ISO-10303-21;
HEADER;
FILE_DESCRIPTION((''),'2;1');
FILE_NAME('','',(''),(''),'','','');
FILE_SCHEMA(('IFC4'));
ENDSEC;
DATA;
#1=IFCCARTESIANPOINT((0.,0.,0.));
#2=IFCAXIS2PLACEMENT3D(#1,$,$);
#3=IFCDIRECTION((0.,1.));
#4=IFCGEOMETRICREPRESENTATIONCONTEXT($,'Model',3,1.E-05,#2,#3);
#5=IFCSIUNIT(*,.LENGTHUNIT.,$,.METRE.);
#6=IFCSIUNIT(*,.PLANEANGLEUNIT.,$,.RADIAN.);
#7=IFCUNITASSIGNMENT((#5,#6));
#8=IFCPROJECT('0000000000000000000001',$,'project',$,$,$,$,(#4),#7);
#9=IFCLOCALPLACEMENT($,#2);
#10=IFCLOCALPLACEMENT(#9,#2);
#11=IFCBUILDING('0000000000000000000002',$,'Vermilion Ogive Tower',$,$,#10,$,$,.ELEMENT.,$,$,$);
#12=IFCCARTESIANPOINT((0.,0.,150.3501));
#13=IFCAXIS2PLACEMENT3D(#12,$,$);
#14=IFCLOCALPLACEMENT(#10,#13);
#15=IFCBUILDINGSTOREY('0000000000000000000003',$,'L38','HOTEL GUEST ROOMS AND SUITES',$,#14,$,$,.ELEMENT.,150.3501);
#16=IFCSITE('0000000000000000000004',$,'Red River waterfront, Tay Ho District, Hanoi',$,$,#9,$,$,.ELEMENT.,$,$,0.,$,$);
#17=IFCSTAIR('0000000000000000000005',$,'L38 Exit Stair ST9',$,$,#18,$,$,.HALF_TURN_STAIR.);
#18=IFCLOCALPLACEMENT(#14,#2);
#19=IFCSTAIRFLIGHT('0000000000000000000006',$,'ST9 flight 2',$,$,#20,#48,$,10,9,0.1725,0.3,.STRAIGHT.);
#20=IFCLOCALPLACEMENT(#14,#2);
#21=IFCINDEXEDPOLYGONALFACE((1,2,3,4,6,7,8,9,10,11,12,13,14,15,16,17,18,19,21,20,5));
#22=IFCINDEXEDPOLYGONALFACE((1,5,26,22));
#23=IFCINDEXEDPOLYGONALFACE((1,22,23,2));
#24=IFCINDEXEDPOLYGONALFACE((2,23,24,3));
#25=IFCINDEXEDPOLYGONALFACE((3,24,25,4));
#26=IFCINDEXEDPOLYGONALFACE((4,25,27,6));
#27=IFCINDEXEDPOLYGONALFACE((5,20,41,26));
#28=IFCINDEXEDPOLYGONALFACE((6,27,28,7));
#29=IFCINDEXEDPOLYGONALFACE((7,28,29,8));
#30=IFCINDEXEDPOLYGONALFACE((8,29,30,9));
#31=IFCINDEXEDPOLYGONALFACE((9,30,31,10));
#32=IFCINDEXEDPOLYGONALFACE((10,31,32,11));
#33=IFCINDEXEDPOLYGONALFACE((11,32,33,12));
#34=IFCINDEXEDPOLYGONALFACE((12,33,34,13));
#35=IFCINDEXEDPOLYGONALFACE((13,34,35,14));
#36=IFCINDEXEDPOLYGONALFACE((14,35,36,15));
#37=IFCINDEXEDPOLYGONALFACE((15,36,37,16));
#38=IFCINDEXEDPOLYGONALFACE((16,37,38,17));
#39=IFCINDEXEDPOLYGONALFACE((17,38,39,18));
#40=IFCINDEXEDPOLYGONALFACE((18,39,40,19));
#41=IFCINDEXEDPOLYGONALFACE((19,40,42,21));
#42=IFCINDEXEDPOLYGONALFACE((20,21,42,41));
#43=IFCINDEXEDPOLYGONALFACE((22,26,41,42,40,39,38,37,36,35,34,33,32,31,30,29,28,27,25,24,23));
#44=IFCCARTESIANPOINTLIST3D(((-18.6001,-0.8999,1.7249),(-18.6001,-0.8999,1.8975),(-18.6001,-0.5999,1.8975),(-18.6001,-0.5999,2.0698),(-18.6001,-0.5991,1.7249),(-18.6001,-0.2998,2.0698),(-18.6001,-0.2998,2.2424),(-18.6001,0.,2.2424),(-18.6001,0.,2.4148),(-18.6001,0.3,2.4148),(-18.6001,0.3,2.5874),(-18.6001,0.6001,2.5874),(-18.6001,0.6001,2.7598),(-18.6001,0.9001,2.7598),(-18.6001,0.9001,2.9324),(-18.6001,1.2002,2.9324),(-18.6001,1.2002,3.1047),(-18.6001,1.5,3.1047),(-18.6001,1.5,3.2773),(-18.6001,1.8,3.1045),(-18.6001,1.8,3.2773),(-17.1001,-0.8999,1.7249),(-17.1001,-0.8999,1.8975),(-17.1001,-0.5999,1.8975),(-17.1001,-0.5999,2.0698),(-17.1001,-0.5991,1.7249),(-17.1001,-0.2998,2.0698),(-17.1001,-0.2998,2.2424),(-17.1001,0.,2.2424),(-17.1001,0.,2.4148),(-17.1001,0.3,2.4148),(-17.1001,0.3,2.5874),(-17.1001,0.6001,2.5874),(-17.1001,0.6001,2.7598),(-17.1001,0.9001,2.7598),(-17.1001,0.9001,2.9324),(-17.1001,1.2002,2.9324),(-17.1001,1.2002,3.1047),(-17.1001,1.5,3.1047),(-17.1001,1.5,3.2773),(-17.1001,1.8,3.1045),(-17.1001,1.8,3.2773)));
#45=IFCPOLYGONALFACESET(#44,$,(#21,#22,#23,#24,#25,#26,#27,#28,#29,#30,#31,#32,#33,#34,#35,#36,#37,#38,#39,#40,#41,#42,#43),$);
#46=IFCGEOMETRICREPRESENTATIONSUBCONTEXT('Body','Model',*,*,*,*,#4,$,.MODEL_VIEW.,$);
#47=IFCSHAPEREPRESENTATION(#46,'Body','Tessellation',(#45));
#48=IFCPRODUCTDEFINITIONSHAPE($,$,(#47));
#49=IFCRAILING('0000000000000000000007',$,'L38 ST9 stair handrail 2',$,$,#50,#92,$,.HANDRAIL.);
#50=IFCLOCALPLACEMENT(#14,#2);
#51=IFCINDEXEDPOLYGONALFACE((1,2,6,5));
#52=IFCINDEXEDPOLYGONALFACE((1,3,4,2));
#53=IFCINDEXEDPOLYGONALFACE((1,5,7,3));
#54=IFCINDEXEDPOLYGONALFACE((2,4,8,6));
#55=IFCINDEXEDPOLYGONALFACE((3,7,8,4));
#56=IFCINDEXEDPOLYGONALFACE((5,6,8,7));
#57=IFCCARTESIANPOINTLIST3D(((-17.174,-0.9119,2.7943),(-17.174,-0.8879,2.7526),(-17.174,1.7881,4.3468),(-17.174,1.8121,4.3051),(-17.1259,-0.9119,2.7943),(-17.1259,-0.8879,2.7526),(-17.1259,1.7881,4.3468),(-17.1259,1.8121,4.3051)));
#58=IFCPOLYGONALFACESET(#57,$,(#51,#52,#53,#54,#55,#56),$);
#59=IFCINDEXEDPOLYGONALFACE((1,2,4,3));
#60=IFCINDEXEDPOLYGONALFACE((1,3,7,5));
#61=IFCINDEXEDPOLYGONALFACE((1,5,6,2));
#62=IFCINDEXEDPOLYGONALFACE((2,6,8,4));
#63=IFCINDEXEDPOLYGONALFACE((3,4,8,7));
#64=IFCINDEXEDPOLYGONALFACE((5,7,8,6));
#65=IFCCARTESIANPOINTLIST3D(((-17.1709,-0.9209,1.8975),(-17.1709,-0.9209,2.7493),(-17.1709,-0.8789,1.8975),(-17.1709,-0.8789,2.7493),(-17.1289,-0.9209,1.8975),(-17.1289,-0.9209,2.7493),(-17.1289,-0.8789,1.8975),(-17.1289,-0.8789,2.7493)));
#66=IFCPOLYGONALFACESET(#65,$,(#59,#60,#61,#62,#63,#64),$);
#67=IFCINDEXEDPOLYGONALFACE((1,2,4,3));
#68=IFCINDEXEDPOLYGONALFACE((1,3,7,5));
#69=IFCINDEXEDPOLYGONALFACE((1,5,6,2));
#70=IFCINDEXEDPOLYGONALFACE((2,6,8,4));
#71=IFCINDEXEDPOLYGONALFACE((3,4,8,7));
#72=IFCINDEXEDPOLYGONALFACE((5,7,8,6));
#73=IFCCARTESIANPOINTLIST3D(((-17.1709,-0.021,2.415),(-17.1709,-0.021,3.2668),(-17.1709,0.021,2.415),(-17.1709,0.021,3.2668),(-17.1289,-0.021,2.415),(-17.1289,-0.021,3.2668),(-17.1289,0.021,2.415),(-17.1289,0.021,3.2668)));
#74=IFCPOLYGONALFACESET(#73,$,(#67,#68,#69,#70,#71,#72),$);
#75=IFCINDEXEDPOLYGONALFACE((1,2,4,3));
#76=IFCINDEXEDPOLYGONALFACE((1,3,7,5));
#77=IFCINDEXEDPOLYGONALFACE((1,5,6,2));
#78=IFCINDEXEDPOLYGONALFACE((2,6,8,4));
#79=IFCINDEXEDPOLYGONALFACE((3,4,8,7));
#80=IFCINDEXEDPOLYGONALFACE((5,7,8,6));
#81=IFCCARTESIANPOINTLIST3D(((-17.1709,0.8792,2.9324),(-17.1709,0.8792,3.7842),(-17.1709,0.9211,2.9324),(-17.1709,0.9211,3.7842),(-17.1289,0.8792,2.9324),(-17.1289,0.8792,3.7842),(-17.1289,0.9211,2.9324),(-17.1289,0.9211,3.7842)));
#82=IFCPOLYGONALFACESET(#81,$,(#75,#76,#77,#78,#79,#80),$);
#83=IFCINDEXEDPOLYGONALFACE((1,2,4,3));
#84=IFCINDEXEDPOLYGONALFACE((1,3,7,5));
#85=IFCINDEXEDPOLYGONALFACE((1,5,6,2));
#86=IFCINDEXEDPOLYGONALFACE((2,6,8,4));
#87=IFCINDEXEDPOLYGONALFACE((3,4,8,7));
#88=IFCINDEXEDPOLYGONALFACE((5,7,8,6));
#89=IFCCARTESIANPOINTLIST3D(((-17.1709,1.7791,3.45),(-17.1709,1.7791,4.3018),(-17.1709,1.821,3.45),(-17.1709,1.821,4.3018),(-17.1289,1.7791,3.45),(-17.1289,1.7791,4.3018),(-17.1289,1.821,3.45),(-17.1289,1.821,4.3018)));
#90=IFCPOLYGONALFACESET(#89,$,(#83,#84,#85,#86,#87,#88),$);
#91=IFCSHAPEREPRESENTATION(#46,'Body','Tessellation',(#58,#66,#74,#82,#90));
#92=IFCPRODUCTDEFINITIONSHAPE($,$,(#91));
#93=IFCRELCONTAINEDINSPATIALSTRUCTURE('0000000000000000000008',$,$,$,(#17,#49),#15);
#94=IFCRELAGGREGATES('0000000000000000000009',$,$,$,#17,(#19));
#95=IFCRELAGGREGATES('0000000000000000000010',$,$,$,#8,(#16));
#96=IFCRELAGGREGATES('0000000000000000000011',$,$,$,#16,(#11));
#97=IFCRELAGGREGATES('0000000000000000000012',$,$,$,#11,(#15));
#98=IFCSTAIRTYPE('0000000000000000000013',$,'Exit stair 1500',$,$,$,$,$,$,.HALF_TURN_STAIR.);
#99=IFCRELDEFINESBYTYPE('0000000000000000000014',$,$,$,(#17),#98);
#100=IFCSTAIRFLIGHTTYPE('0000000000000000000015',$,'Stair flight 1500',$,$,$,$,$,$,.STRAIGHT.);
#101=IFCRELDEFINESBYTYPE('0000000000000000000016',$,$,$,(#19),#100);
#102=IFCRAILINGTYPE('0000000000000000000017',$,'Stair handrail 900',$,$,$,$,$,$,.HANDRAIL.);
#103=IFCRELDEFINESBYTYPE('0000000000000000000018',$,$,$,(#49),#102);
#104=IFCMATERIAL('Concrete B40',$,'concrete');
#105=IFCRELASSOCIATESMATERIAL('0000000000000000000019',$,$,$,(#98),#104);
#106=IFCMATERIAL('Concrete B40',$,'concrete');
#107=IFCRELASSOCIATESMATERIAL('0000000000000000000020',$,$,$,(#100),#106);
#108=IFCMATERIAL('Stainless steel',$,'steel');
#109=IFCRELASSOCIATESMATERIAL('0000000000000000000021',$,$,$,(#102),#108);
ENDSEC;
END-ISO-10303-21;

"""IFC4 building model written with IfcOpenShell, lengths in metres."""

from ifc_helpers import new_model, si_unit, direction, frame, origin, origin_2d, place, context, subcontext, project, spatial, polyline, rectangle, outline, extrude, material, type_object, element, aggregate, save


model = new_model("IFC4")

# Units and contexts
model_context = context("Model", 3, precision=1e-05, world=origin(), true_north=direction((0.0, 1.0)))
body_context = subcontext(model_context, "Body", "Model", "MODEL_VIEW")
ifc_project = project(units=[si_unit("LENGTHUNIT", "METRE"), si_unit("PLANEANGLEUNIT", "RADIAN")], contexts=[model_context])

# Site, building, storey
site_placement = place(None, origin())
site = spatial("IfcSite", under=ifc_project, at=site_placement, Name="Red River waterfront, Tay Ho District, Hanoi", CompositionType="ELEMENT", RefElevation=0.0)
building_placement = place(site_placement, origin())
building = spatial("IfcBuilding", under=site, at=building_placement, Name="Vermilion Ogive Tower", CompositionType="ELEMENT")
storey_placement = place(building_placement, frame((0.0, 0.0, 150.3501)))
storey = spatial("IfcBuildingStorey", under=building, at=storey_placement, Name="L38", Description="HOTEL GUEST ROOMS AND SUITES", CompositionType="ELEMENT", Elevation=150.3501)

# Stair, stair flight
ifc_material_1 = material(Name="Concrete B40", Category="concrete")
stair_type = type_object("IfcStairType", Name="Exit stair 1500", PredefinedType="HALF_TURN_STAIR", material=ifc_material_1)
stair_placement = place(storey_placement, origin())
stair = element("IfcStair", 1, at=stair_placement, inside=storey, type_object=stair_type, Name="L38 Exit Stair ST9", PredefinedType="HALF_TURN_STAIR")
ifc_material_2 = material(Name="Concrete B40", Category="concrete")
stair_flight_type = type_object("IfcStairFlightType", Name="Stair flight 1500", PredefinedType="STRAIGHT", material=ifc_material_2)
stair_flight_placement = place(storey_placement, frame((-17.8501, -0.8999, 1.7249), z_axis=(0.0, 0.0, 1.0), x_axis=(0.0, 1.0, 0.0)))
stair_flight = element("IfcStairFlight", 2, at=stair_flight_placement, type_object=stair_flight_type, Name="ST9 flight 2", NumberOfRisers=10, NumberOfTreads=9, PredefinedType="STRAIGHT", RiserHeight=0.1725, TreadLength=0.3, context=body_context, shape_type="SweptSolid", body=[
    extrude(outline(polyline([(0.0, 0.0), (0.0, 0.1726), (0.3, 0.1726), (0.3, 0.345), (0.6001, 0.345), (0.6001, 0.5176), (0.8999, 0.5176), (0.8999, 0.6899), (1.2, 0.6899), (1.2, 0.8625), (1.5, 0.8625), (1.5, 1.0349), (1.8, 1.0349), (1.8, 1.2075), (2.1001, 1.2075), (2.1001, 1.3799), (2.3999, 1.3799), (2.3999, 1.5525), (2.7, 1.5525), (2.7, 1.7251), (2.7, 1.3796), (0.3008, 0.0), (0.0, 0.0)])), frame((0.0, 0.75, 0.0), z_axis=(0.0, -1.0, 0.0), x_axis=(1.0, 0.0, 0.0)), (0.0, 0.0, 1.0), 1.5),
])
aggregate(stair, [stair_flight])

# Railing
ifc_material_3 = material(Name="Stainless steel", Category="steel")
railing_type = type_object("IfcRailingType", Name="Stair handrail 900", PredefinedType="HANDRAIL", material=ifc_material_3)
railing_placement = place(storey_placement, frame((-17.1499, -0.8999, 1.8975)))
element("IfcRailing", 3, at=railing_placement, inside=storey, type_object=railing_type, Name="L38 ST9 stair handrail 2", PredefinedType="HANDRAIL", context=body_context, shape_type="SweptSolid", body=[
    extrude(rectangle(XDim=0.0481, YDim=0.0481, at=origin_2d()), frame((0.0, 0.0, 0.876), z_axis=(0.0, 0.866904, 0.498476), x_axis=(-1.0, 0.0, 0.0)), (0.0, 0.0, 1.0), 3.1145),
    extrude(rectangle(XDim=0.042, YDim=0.042, at=origin_2d()), origin(), (0.0, 0.0, 1.0), 0.8518),
    extrude(rectangle(XDim=0.042, YDim=0.042, at=origin_2d()), frame((0.0, 0.8999, 0.5176)), (0.0, 0.0, 1.0), 0.8518),
    extrude(rectangle(XDim=0.042, YDim=0.042, at=origin_2d()), frame((0.0, 1.8, 1.0349)), (0.0, 0.0, 1.0), 0.8518),
    extrude(rectangle(XDim=0.042, YDim=0.042, at=origin_2d()), frame((0.0, 2.7, 1.5525)), (0.0, 0.0, 1.0), 0.8518),
])

save(model, "model.ifc")
